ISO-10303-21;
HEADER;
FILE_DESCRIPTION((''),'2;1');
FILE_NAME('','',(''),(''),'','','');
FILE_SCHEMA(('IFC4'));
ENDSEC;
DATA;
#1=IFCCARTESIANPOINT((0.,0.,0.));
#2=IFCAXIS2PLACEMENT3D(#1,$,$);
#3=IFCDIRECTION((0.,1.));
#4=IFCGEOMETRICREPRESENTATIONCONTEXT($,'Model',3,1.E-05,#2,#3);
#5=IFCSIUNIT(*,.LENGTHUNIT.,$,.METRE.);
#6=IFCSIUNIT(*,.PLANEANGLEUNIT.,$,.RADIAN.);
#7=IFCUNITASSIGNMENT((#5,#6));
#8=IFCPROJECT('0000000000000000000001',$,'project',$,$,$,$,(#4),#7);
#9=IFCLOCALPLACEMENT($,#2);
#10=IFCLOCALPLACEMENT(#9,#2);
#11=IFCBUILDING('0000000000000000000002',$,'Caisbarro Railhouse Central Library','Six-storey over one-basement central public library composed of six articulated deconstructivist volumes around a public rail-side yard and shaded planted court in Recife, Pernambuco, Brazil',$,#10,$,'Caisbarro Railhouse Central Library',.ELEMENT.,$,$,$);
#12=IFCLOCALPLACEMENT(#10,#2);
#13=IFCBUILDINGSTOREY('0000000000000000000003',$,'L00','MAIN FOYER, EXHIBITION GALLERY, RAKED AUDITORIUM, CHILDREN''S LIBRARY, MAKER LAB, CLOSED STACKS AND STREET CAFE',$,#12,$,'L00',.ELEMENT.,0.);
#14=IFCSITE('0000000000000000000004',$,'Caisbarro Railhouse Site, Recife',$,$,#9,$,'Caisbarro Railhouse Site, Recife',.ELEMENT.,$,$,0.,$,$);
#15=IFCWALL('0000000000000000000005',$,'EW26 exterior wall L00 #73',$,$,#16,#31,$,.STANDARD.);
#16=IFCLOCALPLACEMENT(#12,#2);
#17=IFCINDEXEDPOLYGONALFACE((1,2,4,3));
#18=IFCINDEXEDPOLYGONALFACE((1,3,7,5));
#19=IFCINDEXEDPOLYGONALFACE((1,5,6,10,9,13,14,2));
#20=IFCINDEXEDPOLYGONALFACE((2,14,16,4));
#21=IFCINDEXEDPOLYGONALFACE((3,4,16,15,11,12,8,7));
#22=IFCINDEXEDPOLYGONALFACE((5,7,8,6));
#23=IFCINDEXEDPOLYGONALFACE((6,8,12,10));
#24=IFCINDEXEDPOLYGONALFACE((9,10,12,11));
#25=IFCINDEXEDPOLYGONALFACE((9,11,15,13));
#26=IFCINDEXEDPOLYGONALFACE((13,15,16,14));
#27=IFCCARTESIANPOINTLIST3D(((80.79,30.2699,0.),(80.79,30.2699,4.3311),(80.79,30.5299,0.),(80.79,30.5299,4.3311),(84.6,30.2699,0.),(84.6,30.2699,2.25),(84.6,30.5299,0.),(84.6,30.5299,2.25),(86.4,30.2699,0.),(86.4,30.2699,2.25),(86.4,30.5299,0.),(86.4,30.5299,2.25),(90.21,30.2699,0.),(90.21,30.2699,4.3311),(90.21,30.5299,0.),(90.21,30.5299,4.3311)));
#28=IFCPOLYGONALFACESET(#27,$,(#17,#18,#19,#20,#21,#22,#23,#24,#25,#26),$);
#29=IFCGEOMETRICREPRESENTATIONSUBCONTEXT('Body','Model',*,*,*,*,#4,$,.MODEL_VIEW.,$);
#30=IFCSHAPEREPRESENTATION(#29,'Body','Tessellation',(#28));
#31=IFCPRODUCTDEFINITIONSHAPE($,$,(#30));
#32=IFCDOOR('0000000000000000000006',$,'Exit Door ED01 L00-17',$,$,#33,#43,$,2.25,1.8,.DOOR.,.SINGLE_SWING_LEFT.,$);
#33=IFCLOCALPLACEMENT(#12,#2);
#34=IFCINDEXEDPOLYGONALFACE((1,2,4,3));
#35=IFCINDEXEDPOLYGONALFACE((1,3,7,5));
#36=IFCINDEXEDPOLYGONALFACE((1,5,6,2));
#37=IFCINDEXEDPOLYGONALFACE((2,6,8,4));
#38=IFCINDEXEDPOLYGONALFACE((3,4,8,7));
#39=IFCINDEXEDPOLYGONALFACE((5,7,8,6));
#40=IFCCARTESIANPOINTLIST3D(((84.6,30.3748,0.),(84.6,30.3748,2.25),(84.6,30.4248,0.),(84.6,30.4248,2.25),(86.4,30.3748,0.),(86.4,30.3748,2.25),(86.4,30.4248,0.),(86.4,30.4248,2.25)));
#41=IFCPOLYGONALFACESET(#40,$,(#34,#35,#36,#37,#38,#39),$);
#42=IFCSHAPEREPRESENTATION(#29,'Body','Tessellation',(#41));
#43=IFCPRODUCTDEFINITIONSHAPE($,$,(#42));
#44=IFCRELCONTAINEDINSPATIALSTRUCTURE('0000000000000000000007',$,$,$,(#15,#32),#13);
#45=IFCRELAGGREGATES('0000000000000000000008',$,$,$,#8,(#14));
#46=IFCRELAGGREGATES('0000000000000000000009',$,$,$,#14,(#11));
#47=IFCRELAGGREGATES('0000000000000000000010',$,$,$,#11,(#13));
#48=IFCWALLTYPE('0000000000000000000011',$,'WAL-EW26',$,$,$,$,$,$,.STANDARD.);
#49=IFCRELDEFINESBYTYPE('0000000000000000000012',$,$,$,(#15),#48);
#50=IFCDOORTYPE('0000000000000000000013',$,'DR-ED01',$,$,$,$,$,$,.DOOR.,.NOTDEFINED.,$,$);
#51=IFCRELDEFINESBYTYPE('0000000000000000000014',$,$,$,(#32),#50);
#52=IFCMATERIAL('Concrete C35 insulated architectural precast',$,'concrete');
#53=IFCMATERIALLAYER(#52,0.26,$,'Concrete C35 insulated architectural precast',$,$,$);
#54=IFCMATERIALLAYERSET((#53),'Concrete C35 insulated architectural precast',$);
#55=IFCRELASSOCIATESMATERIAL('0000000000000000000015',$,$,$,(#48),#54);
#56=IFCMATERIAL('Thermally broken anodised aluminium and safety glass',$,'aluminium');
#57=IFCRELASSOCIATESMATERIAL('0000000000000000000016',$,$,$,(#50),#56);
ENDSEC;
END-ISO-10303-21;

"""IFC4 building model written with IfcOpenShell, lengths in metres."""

from ifc_helpers import new_model, si_unit, direction, frame, frame_2d, origin, place, context, subcontext, project, spatial, rectangle, extrude, material, layer, layer_set, type_object, element, fill, save


model = new_model("IFC4")

# Units and contexts
model_context = context("Model", 3, precision=1e-05, world=origin(), true_north=direction((0.0, 1.0)))
body_context = subcontext(model_context, "Body", "Model", "MODEL_VIEW")
ifc_project = project(units=[si_unit("LENGTHUNIT", "METRE"), si_unit("PLANEANGLEUNIT", "RADIAN")], contexts=[model_context])

# Site, building, storey
site_placement = place(None, origin())
site = spatial("IfcSite", under=ifc_project, at=site_placement, Name="Caisbarro Railhouse Site, Recife", LongName="Caisbarro Railhouse Site, Recife", CompositionType="ELEMENT", RefElevation=0.0)
building_placement = place(site_placement, origin())
building = spatial("IfcBuilding", under=site, at=building_placement, Name="Caisbarro Railhouse Central Library", Description="Six-storey over one-basement central public library composed of six articulated deconstructivist volumes around a public rail-side yard and shaded planted court in Recife, Pernambuco, Brazil", LongName="Caisbarro Railhouse Central Library", CompositionType="ELEMENT")
storey_placement = place(building_placement, origin())
storey = spatial("IfcBuildingStorey", under=building, at=storey_placement, Name="L00", Description="MAIN FOYER, EXHIBITION GALLERY, RAKED AUDITORIUM, CHILDREN'S LIBRARY, MAKER LAB, CLOSED STACKS AND STREET CAFE", LongName="L00", CompositionType="ELEMENT", Elevation=0.0)

# Wall, opening, door
ifc_material_1 = material(Name="Concrete C35 insulated architectural precast", Category="concrete")
ifc_layer_1 = layer(ifc_material_1, 0.26, Name="Concrete C35 insulated architectural precast")
ifc_layer_set_1 = layer_set([ifc_layer_1], Name="Concrete C35 insulated architectural precast")
wall_type = type_object("IfcWallType", Name="WAL-EW26", PredefinedType="STANDARD", material=ifc_layer_set_1)
wall_placement = place(storey_placement, frame((80.79, 30.3999, 0.0), z_axis=(0.0, 0.0, 1.0), x_axis=(1.0, 0.0, 0.0)))
wall = element("IfcWall", 1, at=wall_placement, inside=storey, type_object=wall_type, Name="EW26 exterior wall L00 #73", PredefinedType="STANDARD", context=body_context, shape_type="SweptSolid", body=[
    extrude(rectangle(XDim=9.4199, YDim=0.26, at=frame_2d((4.71, 0.0))), origin(), (0.0, 0.0, 1.0), 4.3311),
])
opening_placement = place(wall_placement, frame((3.8101, 0.0, 0.0)))
opening = element("IfcOpeningElement", 2, at=opening_placement, cuts=wall, PredefinedType="OPENING", context=body_context, shape_type="SweptSolid", body=[
    extrude(rectangle(XDim=1.8, YDim=2.25, at=frame_2d((0.8999, 1.125))), frame((0.0, 0.1401, 0.0), z_axis=(0.0, -1.0, 0.0), x_axis=(1.0, 0.0, 0.0)), (0.0, 0.0, 1.0), 0.28),
])
ifc_material_2 = material(Name="Thermally broken anodised aluminium and safety glass", Category="aluminium")
door_type = type_object("IfcDoorType", Name="DR-ED01", OperationType="NOTDEFINED", PredefinedType="DOOR", material=ifc_material_2)
door_placement = place(opening_placement, origin())
door = element("IfcDoor", 3, at=door_placement, inside=storey, type_object=door_type, Name="Exit Door ED01 L00-17", OperationType="SINGLE_SWING_LEFT", OverallHeight=2.25, OverallWidth=1.8, PredefinedType="DOOR", context=body_context, shape_type="SweptSolid", body=[
    extrude(rectangle(XDim=1.8, YDim=2.25, at=frame_2d((0.8999, 1.125))), frame((0.0, 0.0249, 0.0), z_axis=(0.0, -1.0, 0.0), x_axis=(1.0, 0.0, 0.0)), (0.0, 0.0, 1.0), 0.05),
])
fill(opening, door)

save(model, "model.ifc")
